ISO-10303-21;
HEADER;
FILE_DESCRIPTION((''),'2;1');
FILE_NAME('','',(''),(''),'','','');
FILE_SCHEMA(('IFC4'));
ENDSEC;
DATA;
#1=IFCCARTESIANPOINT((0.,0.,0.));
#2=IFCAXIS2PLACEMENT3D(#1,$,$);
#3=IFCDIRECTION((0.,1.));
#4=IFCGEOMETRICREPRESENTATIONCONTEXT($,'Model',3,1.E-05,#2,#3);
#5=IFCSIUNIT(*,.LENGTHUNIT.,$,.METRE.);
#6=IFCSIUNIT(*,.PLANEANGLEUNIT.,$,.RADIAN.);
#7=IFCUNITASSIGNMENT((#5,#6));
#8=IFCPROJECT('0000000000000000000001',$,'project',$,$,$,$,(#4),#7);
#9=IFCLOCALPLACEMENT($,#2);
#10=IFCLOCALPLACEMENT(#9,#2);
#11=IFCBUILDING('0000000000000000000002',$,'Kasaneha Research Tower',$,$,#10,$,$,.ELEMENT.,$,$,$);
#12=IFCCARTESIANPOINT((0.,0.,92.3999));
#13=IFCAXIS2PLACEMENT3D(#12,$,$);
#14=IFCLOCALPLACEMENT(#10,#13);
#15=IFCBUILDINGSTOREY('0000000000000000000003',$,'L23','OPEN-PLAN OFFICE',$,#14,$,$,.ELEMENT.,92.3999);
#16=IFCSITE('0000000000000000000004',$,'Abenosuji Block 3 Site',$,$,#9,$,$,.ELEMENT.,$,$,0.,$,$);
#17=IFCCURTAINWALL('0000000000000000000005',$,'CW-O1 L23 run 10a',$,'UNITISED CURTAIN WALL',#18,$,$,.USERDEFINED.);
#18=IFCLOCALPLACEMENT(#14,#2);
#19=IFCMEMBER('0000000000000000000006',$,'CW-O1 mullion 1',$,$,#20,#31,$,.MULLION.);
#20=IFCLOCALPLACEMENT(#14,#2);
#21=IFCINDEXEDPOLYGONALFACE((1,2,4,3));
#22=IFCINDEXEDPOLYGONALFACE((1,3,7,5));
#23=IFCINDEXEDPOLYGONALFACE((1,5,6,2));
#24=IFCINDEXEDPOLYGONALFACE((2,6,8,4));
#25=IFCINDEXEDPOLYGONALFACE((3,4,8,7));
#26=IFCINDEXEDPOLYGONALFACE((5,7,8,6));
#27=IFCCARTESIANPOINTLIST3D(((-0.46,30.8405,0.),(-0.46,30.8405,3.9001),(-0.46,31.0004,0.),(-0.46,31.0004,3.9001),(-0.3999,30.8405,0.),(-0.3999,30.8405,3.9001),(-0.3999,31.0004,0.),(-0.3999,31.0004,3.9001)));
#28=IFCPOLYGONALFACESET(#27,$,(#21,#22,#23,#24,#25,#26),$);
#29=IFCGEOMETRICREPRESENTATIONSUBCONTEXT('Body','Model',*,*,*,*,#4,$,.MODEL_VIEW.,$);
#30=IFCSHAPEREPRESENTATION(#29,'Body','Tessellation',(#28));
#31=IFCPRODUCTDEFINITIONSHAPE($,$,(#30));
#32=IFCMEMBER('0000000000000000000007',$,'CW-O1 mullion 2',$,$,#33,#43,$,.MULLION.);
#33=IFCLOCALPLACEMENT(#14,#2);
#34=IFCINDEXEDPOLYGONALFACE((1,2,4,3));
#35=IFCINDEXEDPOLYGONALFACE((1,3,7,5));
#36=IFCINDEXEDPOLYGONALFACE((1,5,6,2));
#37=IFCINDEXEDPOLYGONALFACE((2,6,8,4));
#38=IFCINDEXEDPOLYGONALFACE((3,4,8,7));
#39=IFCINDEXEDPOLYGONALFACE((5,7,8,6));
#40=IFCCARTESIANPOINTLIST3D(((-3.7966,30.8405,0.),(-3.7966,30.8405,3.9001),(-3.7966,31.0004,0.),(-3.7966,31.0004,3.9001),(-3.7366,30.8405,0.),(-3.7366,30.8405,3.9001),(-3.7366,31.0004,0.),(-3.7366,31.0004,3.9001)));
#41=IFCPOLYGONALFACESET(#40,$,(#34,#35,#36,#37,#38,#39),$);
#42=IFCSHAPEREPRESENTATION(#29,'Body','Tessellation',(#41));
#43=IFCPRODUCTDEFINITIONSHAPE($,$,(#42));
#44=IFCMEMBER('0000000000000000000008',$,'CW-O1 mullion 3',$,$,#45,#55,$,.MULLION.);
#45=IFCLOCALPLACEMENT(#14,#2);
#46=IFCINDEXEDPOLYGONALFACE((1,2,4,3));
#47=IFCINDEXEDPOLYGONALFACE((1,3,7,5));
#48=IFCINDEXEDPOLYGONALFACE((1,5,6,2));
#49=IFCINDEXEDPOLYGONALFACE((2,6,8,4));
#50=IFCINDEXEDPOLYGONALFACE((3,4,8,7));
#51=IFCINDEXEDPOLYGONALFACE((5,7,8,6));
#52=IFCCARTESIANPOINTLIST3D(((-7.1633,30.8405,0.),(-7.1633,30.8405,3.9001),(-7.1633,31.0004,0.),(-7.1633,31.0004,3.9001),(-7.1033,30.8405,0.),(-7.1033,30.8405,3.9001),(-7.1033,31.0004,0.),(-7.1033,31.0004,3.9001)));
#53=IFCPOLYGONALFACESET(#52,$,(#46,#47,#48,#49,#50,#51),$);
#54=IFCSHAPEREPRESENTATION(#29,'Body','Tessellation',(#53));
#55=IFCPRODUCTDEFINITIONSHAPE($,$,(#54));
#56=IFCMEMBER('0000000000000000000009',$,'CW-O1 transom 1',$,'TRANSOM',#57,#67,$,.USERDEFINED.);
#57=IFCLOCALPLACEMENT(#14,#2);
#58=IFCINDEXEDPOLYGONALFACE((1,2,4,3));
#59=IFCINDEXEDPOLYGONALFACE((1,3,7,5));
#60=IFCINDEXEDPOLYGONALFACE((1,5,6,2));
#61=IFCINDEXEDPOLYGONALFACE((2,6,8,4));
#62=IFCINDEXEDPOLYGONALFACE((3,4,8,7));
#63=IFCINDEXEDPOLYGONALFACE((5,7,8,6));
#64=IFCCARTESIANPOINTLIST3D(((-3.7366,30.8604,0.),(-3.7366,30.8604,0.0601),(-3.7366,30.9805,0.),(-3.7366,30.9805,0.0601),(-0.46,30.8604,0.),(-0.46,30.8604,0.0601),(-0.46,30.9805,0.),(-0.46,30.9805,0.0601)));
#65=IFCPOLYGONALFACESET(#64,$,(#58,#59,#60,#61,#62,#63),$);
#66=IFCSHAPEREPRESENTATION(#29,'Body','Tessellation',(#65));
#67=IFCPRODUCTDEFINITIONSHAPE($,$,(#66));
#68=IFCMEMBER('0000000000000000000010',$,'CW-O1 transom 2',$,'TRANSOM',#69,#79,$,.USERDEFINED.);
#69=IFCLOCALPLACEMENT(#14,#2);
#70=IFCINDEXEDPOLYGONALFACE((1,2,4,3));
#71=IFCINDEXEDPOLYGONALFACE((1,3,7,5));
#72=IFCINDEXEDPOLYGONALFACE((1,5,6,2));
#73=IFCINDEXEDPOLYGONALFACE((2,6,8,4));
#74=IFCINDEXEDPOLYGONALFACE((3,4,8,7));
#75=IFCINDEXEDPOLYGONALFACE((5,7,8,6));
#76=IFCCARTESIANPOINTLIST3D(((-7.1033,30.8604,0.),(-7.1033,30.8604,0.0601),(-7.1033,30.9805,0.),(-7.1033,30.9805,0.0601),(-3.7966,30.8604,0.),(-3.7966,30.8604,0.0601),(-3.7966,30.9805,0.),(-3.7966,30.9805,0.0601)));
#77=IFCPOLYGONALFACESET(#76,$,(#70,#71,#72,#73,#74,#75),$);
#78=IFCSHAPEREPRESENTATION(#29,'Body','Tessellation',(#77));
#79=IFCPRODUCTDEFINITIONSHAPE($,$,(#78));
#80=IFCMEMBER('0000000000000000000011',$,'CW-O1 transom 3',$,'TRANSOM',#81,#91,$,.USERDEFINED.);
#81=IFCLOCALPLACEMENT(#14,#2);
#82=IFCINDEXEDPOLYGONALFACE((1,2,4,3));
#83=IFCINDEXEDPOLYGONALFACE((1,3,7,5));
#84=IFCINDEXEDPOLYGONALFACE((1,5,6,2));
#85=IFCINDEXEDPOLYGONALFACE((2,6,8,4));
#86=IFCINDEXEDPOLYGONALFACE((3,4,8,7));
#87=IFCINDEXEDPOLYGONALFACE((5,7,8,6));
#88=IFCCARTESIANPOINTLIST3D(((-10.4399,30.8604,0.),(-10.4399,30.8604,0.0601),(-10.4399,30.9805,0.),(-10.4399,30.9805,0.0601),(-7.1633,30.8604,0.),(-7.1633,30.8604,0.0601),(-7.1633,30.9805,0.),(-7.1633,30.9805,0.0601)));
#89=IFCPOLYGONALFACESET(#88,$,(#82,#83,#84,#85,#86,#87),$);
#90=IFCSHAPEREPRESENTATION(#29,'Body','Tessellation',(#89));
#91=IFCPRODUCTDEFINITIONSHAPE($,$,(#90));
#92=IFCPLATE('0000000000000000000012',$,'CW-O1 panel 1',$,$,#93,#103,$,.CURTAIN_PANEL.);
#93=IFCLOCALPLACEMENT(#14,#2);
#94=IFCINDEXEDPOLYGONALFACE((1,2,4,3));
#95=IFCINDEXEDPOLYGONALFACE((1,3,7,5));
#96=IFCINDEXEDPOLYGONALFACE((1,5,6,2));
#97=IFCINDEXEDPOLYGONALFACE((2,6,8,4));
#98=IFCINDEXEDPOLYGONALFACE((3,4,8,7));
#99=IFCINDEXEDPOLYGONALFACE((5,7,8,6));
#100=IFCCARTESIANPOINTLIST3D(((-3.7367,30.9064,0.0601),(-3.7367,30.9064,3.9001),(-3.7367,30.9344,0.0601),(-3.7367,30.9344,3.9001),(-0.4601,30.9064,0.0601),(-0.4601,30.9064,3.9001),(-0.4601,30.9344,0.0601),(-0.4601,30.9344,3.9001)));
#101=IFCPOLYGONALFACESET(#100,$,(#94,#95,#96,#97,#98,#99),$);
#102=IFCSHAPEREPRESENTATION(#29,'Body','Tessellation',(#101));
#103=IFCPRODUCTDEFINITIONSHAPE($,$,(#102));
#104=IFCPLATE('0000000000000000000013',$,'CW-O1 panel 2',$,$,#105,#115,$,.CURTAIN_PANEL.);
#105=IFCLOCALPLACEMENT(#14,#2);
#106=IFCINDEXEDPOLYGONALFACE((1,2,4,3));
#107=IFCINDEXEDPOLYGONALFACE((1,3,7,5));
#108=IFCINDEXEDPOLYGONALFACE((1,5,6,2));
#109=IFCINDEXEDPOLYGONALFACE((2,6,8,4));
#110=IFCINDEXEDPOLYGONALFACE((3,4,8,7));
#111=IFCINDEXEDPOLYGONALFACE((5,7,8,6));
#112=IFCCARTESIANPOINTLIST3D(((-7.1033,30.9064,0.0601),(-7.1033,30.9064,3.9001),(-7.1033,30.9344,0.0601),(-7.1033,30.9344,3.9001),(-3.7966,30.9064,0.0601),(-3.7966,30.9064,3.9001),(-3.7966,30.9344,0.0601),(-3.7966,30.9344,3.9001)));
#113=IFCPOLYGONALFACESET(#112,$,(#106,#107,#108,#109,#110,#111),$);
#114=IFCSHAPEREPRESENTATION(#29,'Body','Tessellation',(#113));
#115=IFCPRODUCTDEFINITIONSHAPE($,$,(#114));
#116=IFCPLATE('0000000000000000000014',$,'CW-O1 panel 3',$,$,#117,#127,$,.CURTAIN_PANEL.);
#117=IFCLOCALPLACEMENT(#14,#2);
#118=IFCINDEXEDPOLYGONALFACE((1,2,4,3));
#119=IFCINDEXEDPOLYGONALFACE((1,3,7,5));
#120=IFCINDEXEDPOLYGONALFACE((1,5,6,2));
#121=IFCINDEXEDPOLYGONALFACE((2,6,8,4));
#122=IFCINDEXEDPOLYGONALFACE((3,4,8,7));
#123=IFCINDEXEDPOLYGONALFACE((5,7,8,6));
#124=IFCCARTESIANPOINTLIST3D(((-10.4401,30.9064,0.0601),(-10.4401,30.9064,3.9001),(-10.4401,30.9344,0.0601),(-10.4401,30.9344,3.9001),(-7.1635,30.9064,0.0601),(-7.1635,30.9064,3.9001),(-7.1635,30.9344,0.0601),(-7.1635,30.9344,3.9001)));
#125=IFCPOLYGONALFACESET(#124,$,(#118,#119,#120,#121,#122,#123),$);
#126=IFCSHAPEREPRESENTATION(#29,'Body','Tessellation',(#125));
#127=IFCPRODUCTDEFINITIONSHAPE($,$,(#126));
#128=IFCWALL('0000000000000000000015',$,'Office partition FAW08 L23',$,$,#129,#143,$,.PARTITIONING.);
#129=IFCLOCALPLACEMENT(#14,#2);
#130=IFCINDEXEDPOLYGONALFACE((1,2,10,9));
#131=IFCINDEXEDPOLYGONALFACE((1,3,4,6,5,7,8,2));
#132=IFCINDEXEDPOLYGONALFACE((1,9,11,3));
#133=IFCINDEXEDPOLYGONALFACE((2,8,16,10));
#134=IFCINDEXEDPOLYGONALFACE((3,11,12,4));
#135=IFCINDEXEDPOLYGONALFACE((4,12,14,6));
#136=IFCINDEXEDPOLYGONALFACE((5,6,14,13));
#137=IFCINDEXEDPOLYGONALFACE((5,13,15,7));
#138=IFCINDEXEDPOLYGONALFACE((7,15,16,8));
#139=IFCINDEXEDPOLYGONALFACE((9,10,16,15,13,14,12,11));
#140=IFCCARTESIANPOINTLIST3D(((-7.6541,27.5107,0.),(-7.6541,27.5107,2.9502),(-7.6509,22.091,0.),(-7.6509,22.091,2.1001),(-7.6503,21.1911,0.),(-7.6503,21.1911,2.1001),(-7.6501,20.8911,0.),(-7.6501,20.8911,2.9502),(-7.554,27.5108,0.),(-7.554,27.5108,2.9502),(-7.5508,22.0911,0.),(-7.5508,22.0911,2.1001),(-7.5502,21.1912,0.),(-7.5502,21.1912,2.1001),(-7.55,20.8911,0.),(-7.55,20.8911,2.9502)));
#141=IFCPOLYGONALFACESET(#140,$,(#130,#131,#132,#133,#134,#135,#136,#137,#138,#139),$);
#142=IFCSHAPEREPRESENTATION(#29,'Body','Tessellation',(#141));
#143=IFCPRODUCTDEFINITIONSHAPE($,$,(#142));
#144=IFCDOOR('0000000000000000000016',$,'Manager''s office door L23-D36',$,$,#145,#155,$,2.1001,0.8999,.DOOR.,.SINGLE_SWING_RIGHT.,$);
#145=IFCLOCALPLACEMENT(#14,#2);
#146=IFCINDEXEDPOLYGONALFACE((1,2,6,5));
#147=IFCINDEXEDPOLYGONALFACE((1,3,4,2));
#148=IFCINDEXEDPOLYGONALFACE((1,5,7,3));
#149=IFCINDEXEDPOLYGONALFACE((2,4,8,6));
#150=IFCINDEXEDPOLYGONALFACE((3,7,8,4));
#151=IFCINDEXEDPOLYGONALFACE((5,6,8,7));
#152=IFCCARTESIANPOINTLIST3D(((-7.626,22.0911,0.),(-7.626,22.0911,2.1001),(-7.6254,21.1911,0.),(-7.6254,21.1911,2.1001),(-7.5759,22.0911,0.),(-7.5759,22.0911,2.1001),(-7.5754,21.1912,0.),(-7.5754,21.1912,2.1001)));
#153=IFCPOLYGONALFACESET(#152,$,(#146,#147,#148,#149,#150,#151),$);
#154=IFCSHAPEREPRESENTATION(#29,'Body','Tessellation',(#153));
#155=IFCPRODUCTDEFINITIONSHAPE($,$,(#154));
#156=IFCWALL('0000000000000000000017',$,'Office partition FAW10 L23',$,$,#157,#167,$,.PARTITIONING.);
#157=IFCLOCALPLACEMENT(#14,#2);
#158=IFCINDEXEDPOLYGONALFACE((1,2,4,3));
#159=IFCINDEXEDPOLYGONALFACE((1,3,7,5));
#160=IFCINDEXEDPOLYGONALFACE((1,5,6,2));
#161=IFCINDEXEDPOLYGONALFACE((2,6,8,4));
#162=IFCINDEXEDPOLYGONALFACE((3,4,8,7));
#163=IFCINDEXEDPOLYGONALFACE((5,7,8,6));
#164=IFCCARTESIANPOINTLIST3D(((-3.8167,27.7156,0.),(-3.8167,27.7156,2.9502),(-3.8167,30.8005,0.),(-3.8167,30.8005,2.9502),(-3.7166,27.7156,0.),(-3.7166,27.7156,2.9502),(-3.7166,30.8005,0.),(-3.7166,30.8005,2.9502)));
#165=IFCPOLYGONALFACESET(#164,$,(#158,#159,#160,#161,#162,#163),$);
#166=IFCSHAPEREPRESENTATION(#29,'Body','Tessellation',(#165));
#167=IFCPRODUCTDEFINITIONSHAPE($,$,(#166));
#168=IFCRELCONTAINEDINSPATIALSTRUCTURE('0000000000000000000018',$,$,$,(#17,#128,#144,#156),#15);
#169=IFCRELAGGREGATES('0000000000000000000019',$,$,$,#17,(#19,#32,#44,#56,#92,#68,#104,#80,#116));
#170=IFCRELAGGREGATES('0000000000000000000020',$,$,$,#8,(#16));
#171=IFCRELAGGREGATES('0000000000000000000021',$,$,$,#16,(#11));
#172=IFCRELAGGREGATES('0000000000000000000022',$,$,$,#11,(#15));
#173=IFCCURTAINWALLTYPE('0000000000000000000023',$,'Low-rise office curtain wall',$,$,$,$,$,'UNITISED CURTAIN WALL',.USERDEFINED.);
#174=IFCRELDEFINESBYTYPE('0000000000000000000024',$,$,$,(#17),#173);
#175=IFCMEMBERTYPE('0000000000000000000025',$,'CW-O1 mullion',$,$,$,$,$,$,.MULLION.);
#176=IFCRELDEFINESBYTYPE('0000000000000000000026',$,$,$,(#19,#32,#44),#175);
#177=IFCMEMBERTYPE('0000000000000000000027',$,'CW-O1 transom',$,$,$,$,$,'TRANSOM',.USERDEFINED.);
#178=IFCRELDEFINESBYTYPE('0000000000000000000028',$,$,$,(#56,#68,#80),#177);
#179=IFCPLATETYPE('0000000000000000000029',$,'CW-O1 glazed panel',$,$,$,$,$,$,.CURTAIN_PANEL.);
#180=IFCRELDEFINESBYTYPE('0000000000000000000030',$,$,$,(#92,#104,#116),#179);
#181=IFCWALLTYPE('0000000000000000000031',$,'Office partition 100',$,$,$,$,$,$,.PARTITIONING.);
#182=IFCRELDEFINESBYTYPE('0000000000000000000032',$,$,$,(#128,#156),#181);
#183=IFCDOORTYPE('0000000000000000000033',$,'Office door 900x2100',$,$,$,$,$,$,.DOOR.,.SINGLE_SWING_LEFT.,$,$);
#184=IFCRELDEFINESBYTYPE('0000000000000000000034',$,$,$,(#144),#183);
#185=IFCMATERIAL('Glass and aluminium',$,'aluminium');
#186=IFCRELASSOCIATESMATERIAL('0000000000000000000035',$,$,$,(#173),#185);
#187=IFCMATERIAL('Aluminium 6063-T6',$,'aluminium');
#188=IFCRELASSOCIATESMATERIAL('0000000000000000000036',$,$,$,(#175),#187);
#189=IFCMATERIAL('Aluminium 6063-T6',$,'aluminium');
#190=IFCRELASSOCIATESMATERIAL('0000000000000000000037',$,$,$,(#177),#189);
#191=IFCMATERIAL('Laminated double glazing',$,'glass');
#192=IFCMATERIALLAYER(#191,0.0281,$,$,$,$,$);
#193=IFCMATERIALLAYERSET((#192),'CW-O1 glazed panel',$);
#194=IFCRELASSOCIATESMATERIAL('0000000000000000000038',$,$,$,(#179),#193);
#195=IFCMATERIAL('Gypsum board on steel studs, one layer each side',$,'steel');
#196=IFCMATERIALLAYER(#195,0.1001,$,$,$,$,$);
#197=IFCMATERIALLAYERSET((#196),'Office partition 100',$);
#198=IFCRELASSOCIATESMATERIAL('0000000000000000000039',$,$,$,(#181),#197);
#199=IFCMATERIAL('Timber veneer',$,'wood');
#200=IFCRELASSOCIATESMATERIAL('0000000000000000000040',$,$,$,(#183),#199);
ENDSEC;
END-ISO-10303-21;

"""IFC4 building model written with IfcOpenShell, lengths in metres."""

from ifc_helpers import new_model, si_unit, direction, frame, frame_2d, origin, origin_2d, place, context, subcontext, project, spatial, rectangle, extrude, material, layer, layer_set, material_profile, profile_set, type_object, element, fill, aggregate, save


model = new_model("IFC4")

# Units and contexts
model_context = context("Model", 3, precision=1e-05, world=origin(), true_north=direction((0.0, 1.0)))
body_context = subcontext(model_context, "Body", "Model", "MODEL_VIEW")
ifc_project = project(units=[si_unit("LENGTHUNIT", "METRE"), si_unit("PLANEANGLEUNIT", "RADIAN")], contexts=[model_context])

# Site, building, storey
site_placement = place(None, origin())
site = spatial("IfcSite", under=ifc_project, at=site_placement, Name="Abenosuji Block 3 Site", CompositionType="ELEMENT", RefElevation=0.0)
building_placement = place(site_placement, origin())
building = spatial("IfcBuilding", under=site, at=building_placement, Name="Kasaneha Research Tower", CompositionType="ELEMENT")
storey_placement = place(building_placement, frame((0.0, 0.0, 92.3999)))
storey = spatial("IfcBuildingStorey", under=building, at=storey_placement, Name="L23", Description="OPEN-PLAN OFFICE", CompositionType="ELEMENT", Elevation=92.3999)

# Curtain wall, members, plates
ifc_material_1 = material(Name="Glass and aluminium", Category="aluminium")
curtain_wall_type = type_object("IfcCurtainWallType", Name="Low-rise office curtain wall", ElementType="UNITISED CURTAIN WALL", PredefinedType="USERDEFINED", material=ifc_material_1)
curtain_wall_placement = place(storey_placement, origin())
curtain_wall = element("IfcCurtainWall", 1, at=curtain_wall_placement, inside=storey, type_object=curtain_wall_type, Name="CW-O1 L23 run 10a", ObjectType="UNITISED CURTAIN WALL", PredefinedType="USERDEFINED")
ifc_material_2 = material(Name="Aluminium 6063-T6", Category="aluminium")
ifc_material_profile_1 = material_profile(ifc_material_2, rectangle(XDim=0.0601, YDim=0.1599, at=origin_2d()), Name="CW-O1 mullion 60x160")
ifc_profile_set_1 = profile_set([ifc_material_profile_1], Name="Aluminium 6063-T6")
member_type_1 = type_object("IfcMemberType", Name="CW-O1 mullion", PredefinedType="MULLION", material=ifc_profile_set_1)
member_1_placement = place(storey_placement, frame((-0.4299, 30.9204, 0.0), z_axis=(0.0, 0.0, 1.0), x_axis=(-1.0, 0.0, 0.0)))
member_1 = element("IfcMember", 2, at=member_1_placement, type_object=member_type_1, Name="CW-O1 mullion 1", PredefinedType="MULLION", context=body_context, shape_type="SweptSolid", body=[
    extrude(rectangle(XDim=0.0601, YDim=0.1599, at=origin_2d()), origin(), (0.0, 0.0, 1.0), 3.9001),
])
member_2_placement = place(storey_placement, frame((-3.7666, 30.9204, 0.0), z_axis=(0.0, 0.0, 1.0), x_axis=(-1.0, 0.0, 0.0)))
member_2 = element("IfcMember", 3, at=member_2_placement, type_object=member_type_1, Name="CW-O1 mullion 2", PredefinedType="MULLION", context=body_context, shape_type="SweptSolid", body=[
    extrude(rectangle(XDim=0.0601, YDim=0.1599, at=origin_2d()), origin(), (0.0, 0.0, 1.0), 3.9001),
])
member_3_placement = place(storey_placement, frame((-7.1333, 30.9204, 0.0), z_axis=(0.0, 0.0, 1.0), x_axis=(-1.0, 0.0, 0.0)))
member_3 = element("IfcMember", 4, at=member_3_placement, type_object=member_type_1, Name="CW-O1 mullion 3", PredefinedType="MULLION", context=body_context, shape_type="SweptSolid", body=[
    extrude(rectangle(XDim=0.0601, YDim=0.1599, at=origin_2d()), origin(), (0.0, 0.0, 1.0), 3.9001),
])
ifc_material_3 = material(Name="Aluminium 6063-T6", Category="aluminium")
ifc_material_profile_2 = material_profile(ifc_material_3, rectangle(XDim=0.1201, YDim=0.0601, at=origin_2d()), Name="CW-O1 transom 120x60")
ifc_profile_set_2 = profile_set([ifc_material_profile_2], Name="Aluminium 6063-T6")
member_type_2 = type_object("IfcMemberType", Name="CW-O1 transom", ElementType="TRANSOM", PredefinedType="USERDEFINED", material=ifc_profile_set_2)
member_4_placement = place(storey_placement, frame((-0.46, 30.9204, 0.03), z_axis=(-1.0, 0.0, 0.0), x_axis=(0.0, -1.0, 0.0)))
member_4 = element("IfcMember", 5, at=member_4_placement, type_object=member_type_2, Name="CW-O1 transom 1", ObjectType="TRANSOM", PredefinedType="USERDEFINED", context=body_context, shape_type="SweptSolid", body=[
    extrude(rectangle(XDim=0.1201, YDim=0.0601, at=origin_2d()), origin(), (0.0, 0.0, 1.0), 3.2766),
])
member_5_placement = place(storey_placement, frame((-3.7966, 30.9204, 0.03), z_axis=(-1.0, 0.0, 0.0), x_axis=(0.0, -1.0, 0.0)))
member_5 = element("IfcMember", 6, at=member_5_placement, type_object=member_type_2, Name="CW-O1 transom 2", ObjectType="TRANSOM", PredefinedType="USERDEFINED", context=body_context, shape_type="SweptSolid", body=[
    extrude(rectangle(XDim=0.1201, YDim=0.0601, at=origin_2d()), origin(), (0.0, 0.0, 1.0), 3.3066),
])
member_6_placement = place(storey_placement, frame((-7.1633, 30.9204, 0.03), z_axis=(-1.0, 0.0, 0.0), x_axis=(0.0, -1.0, 0.0)))
member_6 = element("IfcMember", 7, at=member_6_placement, type_object=member_type_2, Name="CW-O1 transom 3", ObjectType="TRANSOM", PredefinedType="USERDEFINED", context=body_context, shape_type="SweptSolid", body=[
    extrude(rectangle(XDim=0.1201, YDim=0.0601, at=origin_2d()), origin(), (0.0, 0.0, 1.0), 3.2766),
])
ifc_material_4 = material(Name="Laminated double glazing", Category="glass")
ifc_layer_1 = layer(ifc_material_4, 0.0281)
ifc_layer_set_1 = layer_set([ifc_layer_1], Name="CW-O1 glazed panel")
plate_type = type_object("IfcPlateType", Name="CW-O1 glazed panel", PredefinedType="CURTAIN_PANEL", material=ifc_layer_set_1)
plate_1_placement = place(storey_placement, frame((-2.0984, 30.9204, 0.0601), z_axis=(0.0, 0.0, 1.0), x_axis=(-1.0, 0.0, 0.0)))
plate_1 = element("IfcPlate", 8, at=plate_1_placement, type_object=plate_type, Name="CW-O1 panel 1", PredefinedType="CURTAIN_PANEL", context=body_context, shape_type="SweptSolid", body=[
    extrude(rectangle(XDim=3.2766, YDim=0.0281, at=origin_2d()), origin(), (0.0, 0.0, 1.0), 3.8401),
])
plate_2_placement = place(storey_placement, frame((-5.45, 30.9204, 0.0601), z_axis=(0.0, 0.0, 1.0), x_axis=(-1.0, 0.0, 0.0)))
plate_2 = element("IfcPlate", 9, at=plate_2_placement, type_object=plate_type, Name="CW-O1 panel 2", PredefinedType="CURTAIN_PANEL", context=body_context, shape_type="SweptSolid", body=[
    extrude(rectangle(XDim=3.3066, YDim=0.0281, at=origin_2d()), origin(), (0.0, 0.0, 1.0), 3.8401),
])
plate_3_placement = place(storey_placement, frame((-8.8018, 30.9204, 0.0601), z_axis=(0.0, 0.0, 1.0), x_axis=(-1.0, 0.0, 0.0)))
plate_3 = element("IfcPlate", 10, at=plate_3_placement, type_object=plate_type, Name="CW-O1 panel 3", PredefinedType="CURTAIN_PANEL", context=body_context, shape_type="SweptSolid", body=[
    extrude(rectangle(XDim=3.2766, YDim=0.0281, at=origin_2d()), origin(), (0.0, 0.0, 1.0), 3.8401),
])
aggregate(curtain_wall, [member_1, member_2, member_3, member_4, plate_1, member_5, plate_2, member_6, plate_3])

# Wall, opening, door
ifc_material_5 = material(Name="Gypsum board on steel studs, one layer each side", Category="steel")
ifc_layer_2 = layer(ifc_material_5, 0.1001)
ifc_layer_set_2 = layer_set([ifc_layer_2], Name="Office partition 100")
wall_type = type_object("IfcWallType", Name="Office partition 100", PredefinedType="PARTITIONING", material=ifc_layer_set_2)
wall_1_placement = place(storey_placement, frame((-7.604, 27.5107, 0.0), z_axis=(0.0, 0.0, 1.0), x_axis=(0.00059, -1.0, 0.0)))
wall_1 = element("IfcWall", 11, at=wall_1_placement, inside=storey, type_object=wall_type, Name="Office partition FAW08 L23", PredefinedType="PARTITIONING", context=body_context, shape_type="SweptSolid", body=[
    extrude(rectangle(XDim=6.6196, YDim=0.1001, at=frame_2d((3.3098, 0.0))), origin(), (0.0, 0.0, 1.0), 2.9502),
])
opening_1_placement = place(wall_1_placement, frame((5.4197, 0.0, 0.0)))
opening_1 = element("IfcOpeningElement", 12, at=opening_1_placement, cuts=wall_1, PredefinedType="OPENING", context=body_context, shape_type="SweptSolid", body=[
    extrude(rectangle(XDim=0.8999, YDim=2.1001, at=frame_2d((0.45, 1.05))), frame((0.0, 0.0601, 0.0), z_axis=(0.0, -1.0, 0.0), x_axis=(1.0, 0.0, 0.0)), (0.0, 0.0, 1.0), 0.1201),
])
ifc_material_6 = material(Name="Timber veneer", Category="wood")
door_type = type_object("IfcDoorType", Name="Office door 900x2100", OperationType="SINGLE_SWING_LEFT", PredefinedType="DOOR", material=ifc_material_6)
door_1_placement = place(opening_1_placement, origin())
door_1 = element("IfcDoor", 13, at=door_1_placement, inside=storey, type_object=door_type, Name="Manager's office door L23-D36", OperationType="SINGLE_SWING_RIGHT", OverallHeight=2.1001, OverallWidth=0.8999, PredefinedType="DOOR", context=body_context, shape_type="SweptSolid", body=[
    extrude(rectangle(XDim=0.8999, YDim=2.1001, at=frame_2d((0.45, 1.05))), frame((0.0, 0.0249, 0.0), z_axis=(0.0, -1.0, 0.0), x_axis=(1.0, 0.0, 0.0)), (0.0, 0.0, 1.0), 0.05),
])
fill(opening_1, door_1)

# Wall
wall_2_placement = place(storey_placement, frame((-3.7666, 27.7156, 0.0), z_axis=(0.0, 0.0, 1.0), x_axis=(0.0, 1.0, 0.0)))
element("IfcWall", 14, at=wall_2_placement, inside=storey, type_object=wall_type, Name="Office partition FAW10 L23", PredefinedType="PARTITIONING", context=body_context, shape_type="SweptSolid", body=[
    extrude(rectangle(XDim=3.085, YDim=0.1001, at=frame_2d((1.5425, 0.0))), origin(), (0.0, 0.0, 1.0), 2.9502),
])

save(model, "model.ifc")
